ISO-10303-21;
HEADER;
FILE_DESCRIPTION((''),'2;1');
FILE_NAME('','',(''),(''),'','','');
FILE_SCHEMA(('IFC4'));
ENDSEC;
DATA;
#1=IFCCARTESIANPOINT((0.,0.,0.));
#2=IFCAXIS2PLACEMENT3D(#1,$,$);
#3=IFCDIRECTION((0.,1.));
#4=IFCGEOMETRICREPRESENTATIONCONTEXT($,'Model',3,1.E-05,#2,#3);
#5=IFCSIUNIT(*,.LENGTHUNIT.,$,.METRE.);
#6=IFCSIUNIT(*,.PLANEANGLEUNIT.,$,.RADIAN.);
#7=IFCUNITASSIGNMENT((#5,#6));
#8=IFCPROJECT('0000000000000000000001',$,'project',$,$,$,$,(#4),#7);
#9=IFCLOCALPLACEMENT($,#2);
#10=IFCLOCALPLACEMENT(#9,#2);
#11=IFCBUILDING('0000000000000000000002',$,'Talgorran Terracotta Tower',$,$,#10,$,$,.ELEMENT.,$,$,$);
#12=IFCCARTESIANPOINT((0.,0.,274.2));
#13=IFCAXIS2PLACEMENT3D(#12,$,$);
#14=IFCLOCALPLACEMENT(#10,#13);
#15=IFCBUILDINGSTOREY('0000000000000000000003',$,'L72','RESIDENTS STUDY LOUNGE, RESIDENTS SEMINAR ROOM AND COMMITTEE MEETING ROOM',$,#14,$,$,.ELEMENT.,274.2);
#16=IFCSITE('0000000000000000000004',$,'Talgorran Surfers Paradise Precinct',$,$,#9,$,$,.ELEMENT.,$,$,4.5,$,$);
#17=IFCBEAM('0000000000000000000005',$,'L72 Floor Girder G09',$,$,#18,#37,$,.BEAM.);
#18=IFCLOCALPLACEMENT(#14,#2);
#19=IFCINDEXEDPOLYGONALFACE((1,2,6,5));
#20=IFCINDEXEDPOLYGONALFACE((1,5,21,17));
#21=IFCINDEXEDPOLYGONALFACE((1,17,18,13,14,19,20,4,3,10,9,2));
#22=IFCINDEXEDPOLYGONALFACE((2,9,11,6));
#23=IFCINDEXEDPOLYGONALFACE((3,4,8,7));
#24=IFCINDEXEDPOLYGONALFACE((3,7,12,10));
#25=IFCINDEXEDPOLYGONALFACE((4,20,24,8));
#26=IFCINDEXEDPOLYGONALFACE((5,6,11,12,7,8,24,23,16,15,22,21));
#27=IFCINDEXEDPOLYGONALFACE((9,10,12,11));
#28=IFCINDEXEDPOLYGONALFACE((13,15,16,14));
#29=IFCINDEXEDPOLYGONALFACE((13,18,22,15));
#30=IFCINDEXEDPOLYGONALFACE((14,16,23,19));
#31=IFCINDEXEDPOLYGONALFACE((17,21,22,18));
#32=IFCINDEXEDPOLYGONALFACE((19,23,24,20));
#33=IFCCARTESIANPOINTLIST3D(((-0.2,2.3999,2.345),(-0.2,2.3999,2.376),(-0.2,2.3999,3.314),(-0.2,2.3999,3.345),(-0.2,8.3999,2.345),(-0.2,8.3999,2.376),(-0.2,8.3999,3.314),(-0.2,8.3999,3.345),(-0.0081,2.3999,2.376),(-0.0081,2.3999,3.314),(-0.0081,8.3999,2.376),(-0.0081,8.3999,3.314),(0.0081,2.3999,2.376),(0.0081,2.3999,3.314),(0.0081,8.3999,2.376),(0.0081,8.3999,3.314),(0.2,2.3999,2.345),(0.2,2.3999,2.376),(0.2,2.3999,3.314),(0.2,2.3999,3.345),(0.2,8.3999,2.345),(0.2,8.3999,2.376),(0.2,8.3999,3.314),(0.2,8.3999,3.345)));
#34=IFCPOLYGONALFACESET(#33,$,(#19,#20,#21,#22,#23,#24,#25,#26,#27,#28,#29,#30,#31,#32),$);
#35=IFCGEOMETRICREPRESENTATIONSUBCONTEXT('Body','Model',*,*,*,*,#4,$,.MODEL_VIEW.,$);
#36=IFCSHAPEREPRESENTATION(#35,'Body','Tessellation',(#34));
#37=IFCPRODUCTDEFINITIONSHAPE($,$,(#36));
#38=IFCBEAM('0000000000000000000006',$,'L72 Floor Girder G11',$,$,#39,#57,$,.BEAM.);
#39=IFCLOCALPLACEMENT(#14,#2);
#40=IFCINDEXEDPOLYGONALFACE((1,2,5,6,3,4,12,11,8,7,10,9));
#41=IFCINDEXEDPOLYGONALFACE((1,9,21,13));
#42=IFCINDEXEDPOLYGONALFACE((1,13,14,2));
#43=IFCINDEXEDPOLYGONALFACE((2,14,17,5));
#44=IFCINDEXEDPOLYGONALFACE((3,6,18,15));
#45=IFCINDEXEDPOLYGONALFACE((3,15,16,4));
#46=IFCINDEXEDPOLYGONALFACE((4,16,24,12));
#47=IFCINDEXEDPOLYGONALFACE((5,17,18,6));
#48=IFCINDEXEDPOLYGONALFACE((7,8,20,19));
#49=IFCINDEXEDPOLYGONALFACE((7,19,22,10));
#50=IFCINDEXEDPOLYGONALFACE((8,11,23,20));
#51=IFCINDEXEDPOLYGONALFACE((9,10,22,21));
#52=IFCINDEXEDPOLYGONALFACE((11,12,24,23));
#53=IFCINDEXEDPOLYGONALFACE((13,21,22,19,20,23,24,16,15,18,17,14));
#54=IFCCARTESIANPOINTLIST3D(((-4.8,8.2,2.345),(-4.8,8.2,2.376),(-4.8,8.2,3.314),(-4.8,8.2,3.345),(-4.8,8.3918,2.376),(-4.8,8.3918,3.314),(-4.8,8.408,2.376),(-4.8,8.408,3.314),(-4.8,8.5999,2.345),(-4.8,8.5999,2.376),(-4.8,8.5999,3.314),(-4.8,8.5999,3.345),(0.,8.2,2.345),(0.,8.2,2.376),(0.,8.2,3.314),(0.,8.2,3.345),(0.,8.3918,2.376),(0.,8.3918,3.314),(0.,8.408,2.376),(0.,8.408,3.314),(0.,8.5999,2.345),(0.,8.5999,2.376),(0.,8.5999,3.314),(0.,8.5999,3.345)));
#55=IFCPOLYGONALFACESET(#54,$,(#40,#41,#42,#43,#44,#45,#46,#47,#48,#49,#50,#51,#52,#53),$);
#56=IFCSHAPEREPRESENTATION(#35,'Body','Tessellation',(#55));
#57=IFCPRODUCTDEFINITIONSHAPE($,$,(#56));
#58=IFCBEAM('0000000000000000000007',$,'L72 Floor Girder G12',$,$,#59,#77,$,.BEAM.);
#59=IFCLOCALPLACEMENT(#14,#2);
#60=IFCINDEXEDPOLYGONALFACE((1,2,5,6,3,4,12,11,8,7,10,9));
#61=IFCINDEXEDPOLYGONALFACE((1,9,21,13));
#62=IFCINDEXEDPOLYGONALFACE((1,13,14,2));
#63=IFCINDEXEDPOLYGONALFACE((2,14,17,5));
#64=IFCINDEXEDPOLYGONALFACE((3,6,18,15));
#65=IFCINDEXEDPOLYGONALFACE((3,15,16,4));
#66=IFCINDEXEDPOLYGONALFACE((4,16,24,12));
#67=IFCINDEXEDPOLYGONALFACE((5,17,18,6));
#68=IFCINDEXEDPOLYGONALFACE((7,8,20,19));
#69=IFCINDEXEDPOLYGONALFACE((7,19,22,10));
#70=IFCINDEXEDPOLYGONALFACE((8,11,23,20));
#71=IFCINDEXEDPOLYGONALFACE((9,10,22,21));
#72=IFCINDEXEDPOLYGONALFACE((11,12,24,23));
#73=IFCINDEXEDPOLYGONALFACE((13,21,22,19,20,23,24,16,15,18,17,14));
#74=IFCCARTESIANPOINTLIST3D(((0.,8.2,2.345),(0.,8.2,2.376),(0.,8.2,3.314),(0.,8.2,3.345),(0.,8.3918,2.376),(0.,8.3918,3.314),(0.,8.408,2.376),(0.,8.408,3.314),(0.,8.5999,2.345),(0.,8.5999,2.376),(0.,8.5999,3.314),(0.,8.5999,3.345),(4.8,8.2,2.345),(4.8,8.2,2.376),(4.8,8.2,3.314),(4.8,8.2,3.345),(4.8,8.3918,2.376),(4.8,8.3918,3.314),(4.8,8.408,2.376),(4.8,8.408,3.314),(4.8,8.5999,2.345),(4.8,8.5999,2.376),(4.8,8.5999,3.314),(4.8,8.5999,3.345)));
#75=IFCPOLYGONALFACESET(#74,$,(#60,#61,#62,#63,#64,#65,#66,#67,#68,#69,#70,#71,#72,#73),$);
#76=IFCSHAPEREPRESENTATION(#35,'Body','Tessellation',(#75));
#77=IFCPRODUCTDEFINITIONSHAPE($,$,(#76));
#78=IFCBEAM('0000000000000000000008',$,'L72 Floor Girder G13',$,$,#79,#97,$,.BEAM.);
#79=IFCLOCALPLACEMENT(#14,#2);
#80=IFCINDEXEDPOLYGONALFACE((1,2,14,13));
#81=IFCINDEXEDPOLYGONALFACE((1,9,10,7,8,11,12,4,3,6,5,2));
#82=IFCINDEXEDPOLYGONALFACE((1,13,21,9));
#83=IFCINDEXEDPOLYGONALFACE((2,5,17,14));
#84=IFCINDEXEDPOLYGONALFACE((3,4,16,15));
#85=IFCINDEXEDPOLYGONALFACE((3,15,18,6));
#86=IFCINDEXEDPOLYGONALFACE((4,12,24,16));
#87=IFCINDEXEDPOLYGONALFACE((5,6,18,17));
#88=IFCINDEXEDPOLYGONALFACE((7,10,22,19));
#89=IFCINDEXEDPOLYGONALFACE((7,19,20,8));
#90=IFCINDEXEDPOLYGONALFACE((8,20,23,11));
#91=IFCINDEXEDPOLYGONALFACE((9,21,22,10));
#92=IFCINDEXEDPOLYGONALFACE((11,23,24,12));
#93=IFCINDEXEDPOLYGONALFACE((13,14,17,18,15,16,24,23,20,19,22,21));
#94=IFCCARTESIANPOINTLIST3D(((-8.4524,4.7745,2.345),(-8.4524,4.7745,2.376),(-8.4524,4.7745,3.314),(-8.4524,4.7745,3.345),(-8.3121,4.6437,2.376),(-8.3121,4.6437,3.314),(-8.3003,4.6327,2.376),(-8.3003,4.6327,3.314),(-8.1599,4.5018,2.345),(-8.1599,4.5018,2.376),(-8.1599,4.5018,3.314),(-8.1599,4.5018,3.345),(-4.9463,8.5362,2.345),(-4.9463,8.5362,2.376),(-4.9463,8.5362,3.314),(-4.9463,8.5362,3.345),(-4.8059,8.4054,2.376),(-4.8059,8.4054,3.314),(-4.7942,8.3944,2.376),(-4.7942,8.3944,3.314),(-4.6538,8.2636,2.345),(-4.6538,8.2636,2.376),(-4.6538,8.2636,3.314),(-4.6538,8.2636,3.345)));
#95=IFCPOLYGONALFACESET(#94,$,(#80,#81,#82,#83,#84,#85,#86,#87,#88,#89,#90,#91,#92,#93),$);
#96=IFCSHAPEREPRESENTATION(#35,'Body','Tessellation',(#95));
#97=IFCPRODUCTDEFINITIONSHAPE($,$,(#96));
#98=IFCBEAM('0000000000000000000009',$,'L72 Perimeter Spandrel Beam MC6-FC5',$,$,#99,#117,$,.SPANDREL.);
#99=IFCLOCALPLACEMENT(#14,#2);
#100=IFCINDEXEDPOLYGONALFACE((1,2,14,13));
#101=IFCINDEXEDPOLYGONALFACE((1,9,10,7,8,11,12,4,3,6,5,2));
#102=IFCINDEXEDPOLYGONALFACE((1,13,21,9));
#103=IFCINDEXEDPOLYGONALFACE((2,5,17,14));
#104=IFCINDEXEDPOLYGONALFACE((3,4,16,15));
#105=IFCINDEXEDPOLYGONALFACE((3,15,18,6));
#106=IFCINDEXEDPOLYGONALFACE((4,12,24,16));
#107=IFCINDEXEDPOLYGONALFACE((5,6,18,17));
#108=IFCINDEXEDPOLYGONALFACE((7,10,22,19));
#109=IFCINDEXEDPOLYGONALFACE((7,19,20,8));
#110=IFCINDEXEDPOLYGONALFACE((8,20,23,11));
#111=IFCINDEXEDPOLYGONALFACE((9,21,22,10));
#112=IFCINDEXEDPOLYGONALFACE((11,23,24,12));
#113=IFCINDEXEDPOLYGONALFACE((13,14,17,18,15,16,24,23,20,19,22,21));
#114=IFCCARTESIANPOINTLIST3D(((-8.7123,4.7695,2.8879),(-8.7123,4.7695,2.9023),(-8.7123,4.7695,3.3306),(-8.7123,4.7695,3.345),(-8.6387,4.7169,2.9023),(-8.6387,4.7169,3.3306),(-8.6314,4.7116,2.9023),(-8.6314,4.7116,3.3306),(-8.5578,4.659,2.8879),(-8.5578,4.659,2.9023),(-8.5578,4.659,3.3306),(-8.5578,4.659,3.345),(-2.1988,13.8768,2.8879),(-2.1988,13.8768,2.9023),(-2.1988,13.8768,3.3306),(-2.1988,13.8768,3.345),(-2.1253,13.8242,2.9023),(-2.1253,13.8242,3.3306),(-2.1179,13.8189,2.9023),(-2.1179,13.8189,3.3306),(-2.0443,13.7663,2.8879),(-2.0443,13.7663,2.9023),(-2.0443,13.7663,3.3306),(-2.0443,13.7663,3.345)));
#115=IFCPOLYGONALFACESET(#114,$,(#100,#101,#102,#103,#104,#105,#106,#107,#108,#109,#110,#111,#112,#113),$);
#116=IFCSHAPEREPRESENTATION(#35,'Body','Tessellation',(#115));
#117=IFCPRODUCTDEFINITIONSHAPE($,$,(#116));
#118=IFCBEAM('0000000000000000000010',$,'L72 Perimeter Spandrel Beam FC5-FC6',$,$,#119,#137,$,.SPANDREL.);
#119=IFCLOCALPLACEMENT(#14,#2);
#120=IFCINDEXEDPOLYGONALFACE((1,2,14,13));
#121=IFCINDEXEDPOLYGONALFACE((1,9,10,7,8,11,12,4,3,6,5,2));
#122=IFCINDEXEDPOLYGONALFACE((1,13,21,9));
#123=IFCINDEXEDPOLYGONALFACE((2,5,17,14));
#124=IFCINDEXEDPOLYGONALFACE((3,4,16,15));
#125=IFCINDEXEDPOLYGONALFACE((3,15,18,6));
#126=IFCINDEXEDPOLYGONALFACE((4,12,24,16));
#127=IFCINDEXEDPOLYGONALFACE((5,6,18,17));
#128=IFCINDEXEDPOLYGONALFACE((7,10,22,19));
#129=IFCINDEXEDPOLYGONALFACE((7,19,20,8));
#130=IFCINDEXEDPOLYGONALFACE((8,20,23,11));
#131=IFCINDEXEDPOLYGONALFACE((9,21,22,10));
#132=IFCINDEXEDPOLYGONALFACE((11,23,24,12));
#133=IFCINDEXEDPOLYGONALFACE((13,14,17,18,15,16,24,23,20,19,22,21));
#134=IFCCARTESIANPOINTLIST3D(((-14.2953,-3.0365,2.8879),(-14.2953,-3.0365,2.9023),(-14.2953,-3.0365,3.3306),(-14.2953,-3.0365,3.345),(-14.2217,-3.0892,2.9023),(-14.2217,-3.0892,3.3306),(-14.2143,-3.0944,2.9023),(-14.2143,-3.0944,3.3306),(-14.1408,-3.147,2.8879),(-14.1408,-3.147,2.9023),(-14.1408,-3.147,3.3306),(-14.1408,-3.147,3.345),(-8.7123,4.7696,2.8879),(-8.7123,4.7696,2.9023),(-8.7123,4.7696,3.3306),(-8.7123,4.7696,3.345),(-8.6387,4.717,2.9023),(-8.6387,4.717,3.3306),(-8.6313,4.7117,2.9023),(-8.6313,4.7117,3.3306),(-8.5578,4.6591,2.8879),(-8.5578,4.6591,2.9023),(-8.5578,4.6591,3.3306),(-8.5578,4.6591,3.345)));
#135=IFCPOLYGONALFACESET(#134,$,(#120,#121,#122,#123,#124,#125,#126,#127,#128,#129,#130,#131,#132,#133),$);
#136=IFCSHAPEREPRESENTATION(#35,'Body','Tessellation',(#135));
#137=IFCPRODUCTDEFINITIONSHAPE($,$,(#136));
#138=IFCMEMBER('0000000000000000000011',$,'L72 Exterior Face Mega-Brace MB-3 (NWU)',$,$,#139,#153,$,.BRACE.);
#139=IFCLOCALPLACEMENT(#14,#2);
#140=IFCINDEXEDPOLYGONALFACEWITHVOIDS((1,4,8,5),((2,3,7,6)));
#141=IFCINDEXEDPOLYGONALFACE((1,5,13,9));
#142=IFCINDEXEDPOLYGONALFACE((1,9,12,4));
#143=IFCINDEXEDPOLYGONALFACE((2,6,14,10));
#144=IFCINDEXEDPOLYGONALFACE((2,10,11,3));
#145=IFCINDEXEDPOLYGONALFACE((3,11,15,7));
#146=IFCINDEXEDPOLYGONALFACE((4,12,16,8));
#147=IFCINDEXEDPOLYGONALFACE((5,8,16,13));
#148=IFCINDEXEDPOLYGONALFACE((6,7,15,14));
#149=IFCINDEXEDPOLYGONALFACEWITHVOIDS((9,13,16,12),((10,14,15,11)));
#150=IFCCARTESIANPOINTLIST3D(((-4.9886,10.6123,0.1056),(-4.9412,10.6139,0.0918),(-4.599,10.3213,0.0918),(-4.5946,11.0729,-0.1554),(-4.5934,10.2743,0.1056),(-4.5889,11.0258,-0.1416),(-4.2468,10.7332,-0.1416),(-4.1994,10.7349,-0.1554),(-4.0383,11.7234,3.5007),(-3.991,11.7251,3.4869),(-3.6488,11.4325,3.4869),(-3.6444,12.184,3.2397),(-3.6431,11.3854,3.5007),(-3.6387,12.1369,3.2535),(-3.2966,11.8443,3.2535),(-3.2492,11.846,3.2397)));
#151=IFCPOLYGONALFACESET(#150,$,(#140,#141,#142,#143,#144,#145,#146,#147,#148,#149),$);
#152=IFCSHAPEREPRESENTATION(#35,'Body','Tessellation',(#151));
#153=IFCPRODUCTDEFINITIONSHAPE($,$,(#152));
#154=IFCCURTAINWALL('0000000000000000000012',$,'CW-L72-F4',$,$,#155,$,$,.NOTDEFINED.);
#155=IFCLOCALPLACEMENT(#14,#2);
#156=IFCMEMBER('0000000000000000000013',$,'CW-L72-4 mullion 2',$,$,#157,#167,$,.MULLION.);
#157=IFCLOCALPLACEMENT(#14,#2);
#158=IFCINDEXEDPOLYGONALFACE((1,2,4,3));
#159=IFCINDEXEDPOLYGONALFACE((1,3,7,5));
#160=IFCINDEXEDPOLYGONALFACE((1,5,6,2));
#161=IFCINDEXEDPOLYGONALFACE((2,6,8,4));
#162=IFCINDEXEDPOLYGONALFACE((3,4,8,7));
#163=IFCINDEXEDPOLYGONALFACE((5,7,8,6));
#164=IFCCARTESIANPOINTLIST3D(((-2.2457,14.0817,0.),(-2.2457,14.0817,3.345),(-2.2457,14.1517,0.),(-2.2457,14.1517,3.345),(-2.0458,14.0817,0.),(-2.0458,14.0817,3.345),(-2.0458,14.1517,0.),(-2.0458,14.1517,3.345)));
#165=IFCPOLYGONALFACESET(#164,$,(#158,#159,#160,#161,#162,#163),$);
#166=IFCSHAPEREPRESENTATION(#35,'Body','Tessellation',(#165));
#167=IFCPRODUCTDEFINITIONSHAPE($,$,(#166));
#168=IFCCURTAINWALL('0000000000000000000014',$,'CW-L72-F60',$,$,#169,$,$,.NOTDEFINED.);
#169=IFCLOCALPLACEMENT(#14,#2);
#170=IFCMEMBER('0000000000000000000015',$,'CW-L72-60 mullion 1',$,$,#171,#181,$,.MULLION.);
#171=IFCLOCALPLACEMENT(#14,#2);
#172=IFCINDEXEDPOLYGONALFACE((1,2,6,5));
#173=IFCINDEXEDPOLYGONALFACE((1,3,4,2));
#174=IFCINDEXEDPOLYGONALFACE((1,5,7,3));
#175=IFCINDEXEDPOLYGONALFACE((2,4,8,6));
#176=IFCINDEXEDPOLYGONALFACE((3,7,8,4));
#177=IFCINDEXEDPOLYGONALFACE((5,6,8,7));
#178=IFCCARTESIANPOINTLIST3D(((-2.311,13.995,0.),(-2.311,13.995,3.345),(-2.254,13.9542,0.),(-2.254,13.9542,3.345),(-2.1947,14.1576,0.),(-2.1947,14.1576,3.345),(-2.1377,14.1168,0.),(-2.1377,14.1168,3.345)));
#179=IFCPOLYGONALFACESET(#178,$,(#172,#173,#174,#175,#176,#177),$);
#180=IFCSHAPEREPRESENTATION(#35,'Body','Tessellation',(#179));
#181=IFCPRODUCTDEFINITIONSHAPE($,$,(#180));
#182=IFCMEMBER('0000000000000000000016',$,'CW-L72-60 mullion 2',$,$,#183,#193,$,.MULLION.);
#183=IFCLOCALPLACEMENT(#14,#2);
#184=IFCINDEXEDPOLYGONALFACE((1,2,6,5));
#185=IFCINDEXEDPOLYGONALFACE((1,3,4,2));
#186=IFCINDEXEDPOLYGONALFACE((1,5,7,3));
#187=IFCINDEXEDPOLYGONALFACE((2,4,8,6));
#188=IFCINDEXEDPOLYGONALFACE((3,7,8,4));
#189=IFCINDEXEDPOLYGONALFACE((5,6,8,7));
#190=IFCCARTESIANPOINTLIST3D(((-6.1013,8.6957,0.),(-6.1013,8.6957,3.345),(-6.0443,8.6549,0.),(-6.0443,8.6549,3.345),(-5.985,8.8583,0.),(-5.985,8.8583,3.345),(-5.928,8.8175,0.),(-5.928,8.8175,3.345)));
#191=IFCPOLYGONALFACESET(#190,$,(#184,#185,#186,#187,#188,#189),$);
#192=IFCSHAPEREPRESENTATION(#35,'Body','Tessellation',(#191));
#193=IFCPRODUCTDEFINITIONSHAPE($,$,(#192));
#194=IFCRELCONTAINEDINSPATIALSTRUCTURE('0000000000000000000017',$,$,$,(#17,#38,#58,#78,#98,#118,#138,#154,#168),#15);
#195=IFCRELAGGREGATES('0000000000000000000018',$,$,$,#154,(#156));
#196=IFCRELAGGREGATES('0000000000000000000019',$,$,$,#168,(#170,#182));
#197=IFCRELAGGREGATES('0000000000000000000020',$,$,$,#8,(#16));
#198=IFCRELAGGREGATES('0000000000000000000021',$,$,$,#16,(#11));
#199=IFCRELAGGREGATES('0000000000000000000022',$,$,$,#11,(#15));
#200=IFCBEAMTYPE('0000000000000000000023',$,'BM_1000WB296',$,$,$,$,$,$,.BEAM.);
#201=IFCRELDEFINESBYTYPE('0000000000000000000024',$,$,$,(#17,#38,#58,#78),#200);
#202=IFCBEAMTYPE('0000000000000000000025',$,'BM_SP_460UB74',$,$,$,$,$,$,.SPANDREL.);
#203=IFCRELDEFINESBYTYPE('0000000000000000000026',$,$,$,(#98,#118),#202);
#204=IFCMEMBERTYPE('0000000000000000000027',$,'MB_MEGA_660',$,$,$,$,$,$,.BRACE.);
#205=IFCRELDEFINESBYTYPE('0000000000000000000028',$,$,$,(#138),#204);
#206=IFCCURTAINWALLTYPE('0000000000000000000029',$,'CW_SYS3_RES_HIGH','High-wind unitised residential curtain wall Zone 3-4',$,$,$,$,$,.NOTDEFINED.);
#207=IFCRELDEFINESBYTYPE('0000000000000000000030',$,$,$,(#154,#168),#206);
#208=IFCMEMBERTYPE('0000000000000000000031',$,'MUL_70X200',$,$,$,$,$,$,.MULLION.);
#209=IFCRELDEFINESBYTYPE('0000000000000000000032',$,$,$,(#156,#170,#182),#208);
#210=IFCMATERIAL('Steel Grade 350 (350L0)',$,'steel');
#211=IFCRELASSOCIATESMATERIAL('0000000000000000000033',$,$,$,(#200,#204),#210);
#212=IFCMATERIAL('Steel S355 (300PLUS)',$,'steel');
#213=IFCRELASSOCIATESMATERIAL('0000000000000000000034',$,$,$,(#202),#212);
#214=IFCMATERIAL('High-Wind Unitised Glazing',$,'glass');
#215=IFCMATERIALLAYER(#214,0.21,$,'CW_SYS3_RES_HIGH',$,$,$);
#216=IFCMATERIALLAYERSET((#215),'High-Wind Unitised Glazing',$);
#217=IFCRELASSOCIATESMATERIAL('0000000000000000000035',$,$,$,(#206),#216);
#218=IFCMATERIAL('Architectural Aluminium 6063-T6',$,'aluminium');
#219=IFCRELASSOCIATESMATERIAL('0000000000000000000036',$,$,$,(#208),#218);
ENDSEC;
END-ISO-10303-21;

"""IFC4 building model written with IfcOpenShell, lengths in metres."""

from ifc_helpers import new_model, si_unit, direction, frame, origin, origin_2d, place, context, subcontext, project, spatial, rectangle, hollow_rectangle, i_section, extrude, material, layer, layer_set, material_profile, profile_set, type_object, element, aggregate, save


model = new_model("IFC4")

# Units and contexts
model_context = context("Model", 3, precision=1e-05, world=origin(), true_north=direction((0.0, 1.0)))
body_context = subcontext(model_context, "Body", "Model", "MODEL_VIEW")
ifc_project = project(units=[si_unit("LENGTHUNIT", "METRE"), si_unit("PLANEANGLEUNIT", "RADIAN")], contexts=[model_context])

# Site, building, storey
site_placement = place(None, origin())
site = spatial("IfcSite", under=ifc_project, at=site_placement, Name="Talgorran Surfers Paradise Precinct", CompositionType="ELEMENT", RefElevation=4.5)
building_placement = place(site_placement, origin())
building = spatial("IfcBuilding", under=site, at=building_placement, Name="Talgorran Terracotta Tower", CompositionType="ELEMENT")
storey_placement = place(building_placement, frame((0.0, 0.0, 274.2)))
storey = spatial("IfcBuildingStorey", under=building, at=storey_placement, Name="L72", Description="RESIDENTS STUDY LOUNGE, RESIDENTS SEMINAR ROOM AND COMMITTEE MEETING ROOM", CompositionType="ELEMENT", Elevation=274.2)

# Shared definitions
ifc_material_1 = material(Name="Steel S355 (300PLUS)", Category="steel")
ifc_material_2 = material(Name="Steel Grade 350 (350L0)", Category="steel")

# Beams
ifc_material_profile_1 = material_profile(ifc_material_2, i_section(OverallWidth=0.3999, OverallDepth=1.0, WebThickness=0.0161, FlangeThickness=0.031, at=origin_2d()), Name="1000WB296")
ifc_profile_set_1 = profile_set([ifc_material_profile_1], Name="Steel Grade 350 (350L0)")
beam_type_1 = type_object("IfcBeamType", Name="BM_1000WB296", PredefinedType="BEAM", material=ifc_profile_set_1)
beam_1_placement = place(storey_placement, frame((0.0, 2.3999, 2.845), z_axis=(0.0, 1.0, 0.0), x_axis=(-1.0, 0.0, 0.0)))
element("IfcBeam", 1, at=beam_1_placement, inside=storey, type_object=beam_type_1, Name="L72 Floor Girder G09", PredefinedType="BEAM", context=body_context, shape_type="SweptSolid", body=[
    extrude(i_section(OverallWidth=0.3999, OverallDepth=1.0, WebThickness=0.0161, FlangeThickness=0.031, at=origin_2d()), origin(), (0.0, 0.0, 1.0), 6.0),
])
for number, where, z_axis, x_axis, name in (
    (2, (-4.8, 8.3999, 2.845), (1.0, 0.0, 0.0), (0.0, 1.0, 0.0), "L72 Floor Girder G11"),
    (3, (0.0, 8.3999, 2.845), (1.0, 0.0, 0.0), (0.0, 1.0, 0.0), "L72 Floor Girder G12"),
):
    element("IfcBeam", number, at=place(storey_placement, frame(where, z_axis=z_axis, x_axis=x_axis)), inside=storey, type_object=beam_type_1, Name=name, PredefinedType="BEAM", context=body_context, shape_type="SweptSolid", body=[
        extrude(i_section(OverallWidth=0.3999, OverallDepth=1.0, WebThickness=0.0161, FlangeThickness=0.031, at=origin_2d()), origin(), (0.0, 0.0, 1.0), 4.8),
    ])
beam_2_placement = place(storey_placement, frame((-4.8, 8.3999, 2.845), z_axis=(-0.681816, -0.731524, 0.0), x_axis=(0.731524, -0.681816, 0.0)))
element("IfcBeam", 4, at=beam_2_placement, inside=storey, type_object=beam_type_1, Name="L72 Floor Girder G13", PredefinedType="BEAM", context=body_context, shape_type="SweptSolid", body=[
    extrude(i_section(OverallWidth=0.3999, OverallDepth=1.0, WebThickness=0.0161, FlangeThickness=0.031, at=origin_2d()), origin(), (0.0, 0.0, 1.0), 5.1423),
])
ifc_material_profile_2 = material_profile(ifc_material_1, i_section(OverallWidth=0.1899, OverallDepth=0.457, WebThickness=0.009, FlangeThickness=0.0144, at=origin_2d()), Name="460UB74.6")
ifc_profile_set_2 = profile_set([ifc_material_profile_2], Name="Steel S355 (300PLUS)")
beam_type_2 = type_object("IfcBeamType", Name="BM_SP_460UB74", PredefinedType="SPANDREL", material=ifc_profile_set_2)
beam_3_placement = place(storey_placement, frame((-2.1216, 13.8215, 3.1165), z_axis=(-0.581729, -0.813383, 0.0), x_axis=(0.813383, -0.581729, 0.0)))
element("IfcBeam", 5, at=beam_3_placement, inside=storey, type_object=beam_type_2, Name="L72 Perimeter Spandrel Beam MC6-FC5", PredefinedType="SPANDREL", context=body_context, shape_type="SweptSolid", body=[
    extrude(i_section(OverallWidth=0.1899, OverallDepth=0.457, WebThickness=0.009, FlangeThickness=0.0144, at=origin_2d()), origin(), (0.0, 0.0, 1.0), 11.1968),
])
beam_4_placement = place(storey_placement, frame((-8.635, 4.7144, 3.1165), z_axis=(-0.581734, -0.813379, 0.0), x_axis=(0.813379, -0.581734, 0.0)))
element("IfcBeam", 6, at=beam_4_placement, inside=storey, type_object=beam_type_2, Name="L72 Perimeter Spandrel Beam FC5-FC6", PredefinedType="SPANDREL", context=body_context, shape_type="SweptSolid", body=[
    extrude(i_section(OverallWidth=0.1899, OverallDepth=0.457, WebThickness=0.009, FlangeThickness=0.0144, at=origin_2d()), origin(), (0.0, 0.0, 1.0), 9.5972),
])

# Member
ifc_material_profile_3 = material_profile(ifc_material_2, hollow_rectangle(XDim=0.52, YDim=0.6599, WallThickness=0.0349, at=origin_2d()), Name="WBOX660X520X35")
ifc_profile_set_3 = profile_set([ifc_material_profile_3], Name="Steel Grade 350 (350L0)")
member_type_1 = type_object("IfcMemberType", Name="MB_MEGA_660", PredefinedType="BRACE", material=ifc_profile_set_3)
member_1_placement = place(storey_placement, frame((-4.594, 10.6736, -0.0249), z_axis=(0.257058, 0.300584, 0.918461), x_axis=(-0.759987, 0.649938, 0.0)))
element("IfcMember", 7, at=member_1_placement, inside=storey, type_object=member_type_1, Name="L72 Exterior Face Mega-Brace MB-3 (NWU)", PredefinedType="BRACE", context=body_context, shape_type="SweptSolid", body=[
    extrude(hollow_rectangle(XDim=0.52, YDim=0.6599, WallThickness=0.0349, at=origin_2d()), origin(), (0.0, 0.0, 1.0), 3.6965),
])

# Curtain wall, member
ifc_material_3 = material(Name="High-Wind Unitised Glazing", Category="glass")
ifc_layer_1 = layer(ifc_material_3, 0.21, Name="CW_SYS3_RES_HIGH")
ifc_layer_set_1 = layer_set([ifc_layer_1], Name="High-Wind Unitised Glazing")
curtain_wall_type = type_object("IfcCurtainWallType", Name="CW_SYS3_RES_HIGH", Description="High-wind unitised residential curtain wall Zone 3-4", PredefinedType="NOTDEFINED", material=ifc_layer_set_1)
curtain_wall_1_placement = place(storey_placement, origin())
curtain_wall_1 = element("IfcCurtainWall", 8, at=curtain_wall_1_placement, inside=storey, type_object=curtain_wall_type, Name="CW-L72-F4", PredefinedType="NOTDEFINED")
ifc_material_4 = material(Name="Architectural Aluminium 6063-T6", Category="aluminium")
ifc_material_profile_4 = material_profile(ifc_material_4, rectangle(XDim=0.0701, YDim=0.2, at=origin_2d()), Name="CWM70X200")
ifc_profile_set_4 = profile_set([ifc_material_profile_4], Name="Architectural Aluminium 6063-T6")
member_type_2 = type_object("IfcMemberType", Name="MUL_70X200", PredefinedType="MULLION", material=ifc_profile_set_4)
member_2_placement = place(storey_placement, frame((-2.1458, 14.1167, 0.0), z_axis=(0.0, 0.0, 1.0), x_axis=(0.0, -1.0, 0.0)))
member_2 = element("IfcMember", 9, at=member_2_placement, type_object=member_type_2, Name="CW-L72-4 mullion 2", PredefinedType="MULLION", context=body_context, shape_type="SweptSolid", body=[
    extrude(rectangle(XDim=0.0701, YDim=0.2, at=origin_2d()), origin(), (0.0, 0.0, 1.0), 3.345),
])

# Curtain wall, members
curtain_wall_2_placement = place(storey_placement, origin())
curtain_wall_2 = element("IfcCurtainWall", 10, at=curtain_wall_2_placement, inside=storey, type_object=curtain_wall_type, Name="CW-L72-F60", PredefinedType="NOTDEFINED")
member_3_placement = place(storey_placement, frame((-2.2244, 14.0559, 0.0), z_axis=(0.0, 0.0, 1.0), x_axis=(0.813381, -0.581731, 0.0)))
member_3 = element("IfcMember", 11, at=member_3_placement, type_object=member_type_2, Name="CW-L72-60 mullion 1", PredefinedType="MULLION", context=body_context, shape_type="SweptSolid", body=[
    extrude(rectangle(XDim=0.0701, YDim=0.2, at=origin_2d()), origin(), (0.0, 0.0, 1.0), 3.345),
])
member_4_placement = place(storey_placement, frame((-6.0146, 8.7566, 0.0), z_axis=(0.0, 0.0, 1.0), x_axis=(0.813381, -0.581731, 0.0)))
member_4 = element("IfcMember", 12, at=member_4_placement, type_object=member_type_2, Name="CW-L72-60 mullion 2", PredefinedType="MULLION", context=body_context, shape_type="SweptSolid", body=[
    extrude(rectangle(XDim=0.0701, YDim=0.2, at=origin_2d()), origin(), (0.0, 0.0, 1.0), 3.345),
])

aggregate(curtain_wall_1, [member_2])
aggregate(curtain_wall_2, [member_3, member_4])

save(model, "model.ifc")
